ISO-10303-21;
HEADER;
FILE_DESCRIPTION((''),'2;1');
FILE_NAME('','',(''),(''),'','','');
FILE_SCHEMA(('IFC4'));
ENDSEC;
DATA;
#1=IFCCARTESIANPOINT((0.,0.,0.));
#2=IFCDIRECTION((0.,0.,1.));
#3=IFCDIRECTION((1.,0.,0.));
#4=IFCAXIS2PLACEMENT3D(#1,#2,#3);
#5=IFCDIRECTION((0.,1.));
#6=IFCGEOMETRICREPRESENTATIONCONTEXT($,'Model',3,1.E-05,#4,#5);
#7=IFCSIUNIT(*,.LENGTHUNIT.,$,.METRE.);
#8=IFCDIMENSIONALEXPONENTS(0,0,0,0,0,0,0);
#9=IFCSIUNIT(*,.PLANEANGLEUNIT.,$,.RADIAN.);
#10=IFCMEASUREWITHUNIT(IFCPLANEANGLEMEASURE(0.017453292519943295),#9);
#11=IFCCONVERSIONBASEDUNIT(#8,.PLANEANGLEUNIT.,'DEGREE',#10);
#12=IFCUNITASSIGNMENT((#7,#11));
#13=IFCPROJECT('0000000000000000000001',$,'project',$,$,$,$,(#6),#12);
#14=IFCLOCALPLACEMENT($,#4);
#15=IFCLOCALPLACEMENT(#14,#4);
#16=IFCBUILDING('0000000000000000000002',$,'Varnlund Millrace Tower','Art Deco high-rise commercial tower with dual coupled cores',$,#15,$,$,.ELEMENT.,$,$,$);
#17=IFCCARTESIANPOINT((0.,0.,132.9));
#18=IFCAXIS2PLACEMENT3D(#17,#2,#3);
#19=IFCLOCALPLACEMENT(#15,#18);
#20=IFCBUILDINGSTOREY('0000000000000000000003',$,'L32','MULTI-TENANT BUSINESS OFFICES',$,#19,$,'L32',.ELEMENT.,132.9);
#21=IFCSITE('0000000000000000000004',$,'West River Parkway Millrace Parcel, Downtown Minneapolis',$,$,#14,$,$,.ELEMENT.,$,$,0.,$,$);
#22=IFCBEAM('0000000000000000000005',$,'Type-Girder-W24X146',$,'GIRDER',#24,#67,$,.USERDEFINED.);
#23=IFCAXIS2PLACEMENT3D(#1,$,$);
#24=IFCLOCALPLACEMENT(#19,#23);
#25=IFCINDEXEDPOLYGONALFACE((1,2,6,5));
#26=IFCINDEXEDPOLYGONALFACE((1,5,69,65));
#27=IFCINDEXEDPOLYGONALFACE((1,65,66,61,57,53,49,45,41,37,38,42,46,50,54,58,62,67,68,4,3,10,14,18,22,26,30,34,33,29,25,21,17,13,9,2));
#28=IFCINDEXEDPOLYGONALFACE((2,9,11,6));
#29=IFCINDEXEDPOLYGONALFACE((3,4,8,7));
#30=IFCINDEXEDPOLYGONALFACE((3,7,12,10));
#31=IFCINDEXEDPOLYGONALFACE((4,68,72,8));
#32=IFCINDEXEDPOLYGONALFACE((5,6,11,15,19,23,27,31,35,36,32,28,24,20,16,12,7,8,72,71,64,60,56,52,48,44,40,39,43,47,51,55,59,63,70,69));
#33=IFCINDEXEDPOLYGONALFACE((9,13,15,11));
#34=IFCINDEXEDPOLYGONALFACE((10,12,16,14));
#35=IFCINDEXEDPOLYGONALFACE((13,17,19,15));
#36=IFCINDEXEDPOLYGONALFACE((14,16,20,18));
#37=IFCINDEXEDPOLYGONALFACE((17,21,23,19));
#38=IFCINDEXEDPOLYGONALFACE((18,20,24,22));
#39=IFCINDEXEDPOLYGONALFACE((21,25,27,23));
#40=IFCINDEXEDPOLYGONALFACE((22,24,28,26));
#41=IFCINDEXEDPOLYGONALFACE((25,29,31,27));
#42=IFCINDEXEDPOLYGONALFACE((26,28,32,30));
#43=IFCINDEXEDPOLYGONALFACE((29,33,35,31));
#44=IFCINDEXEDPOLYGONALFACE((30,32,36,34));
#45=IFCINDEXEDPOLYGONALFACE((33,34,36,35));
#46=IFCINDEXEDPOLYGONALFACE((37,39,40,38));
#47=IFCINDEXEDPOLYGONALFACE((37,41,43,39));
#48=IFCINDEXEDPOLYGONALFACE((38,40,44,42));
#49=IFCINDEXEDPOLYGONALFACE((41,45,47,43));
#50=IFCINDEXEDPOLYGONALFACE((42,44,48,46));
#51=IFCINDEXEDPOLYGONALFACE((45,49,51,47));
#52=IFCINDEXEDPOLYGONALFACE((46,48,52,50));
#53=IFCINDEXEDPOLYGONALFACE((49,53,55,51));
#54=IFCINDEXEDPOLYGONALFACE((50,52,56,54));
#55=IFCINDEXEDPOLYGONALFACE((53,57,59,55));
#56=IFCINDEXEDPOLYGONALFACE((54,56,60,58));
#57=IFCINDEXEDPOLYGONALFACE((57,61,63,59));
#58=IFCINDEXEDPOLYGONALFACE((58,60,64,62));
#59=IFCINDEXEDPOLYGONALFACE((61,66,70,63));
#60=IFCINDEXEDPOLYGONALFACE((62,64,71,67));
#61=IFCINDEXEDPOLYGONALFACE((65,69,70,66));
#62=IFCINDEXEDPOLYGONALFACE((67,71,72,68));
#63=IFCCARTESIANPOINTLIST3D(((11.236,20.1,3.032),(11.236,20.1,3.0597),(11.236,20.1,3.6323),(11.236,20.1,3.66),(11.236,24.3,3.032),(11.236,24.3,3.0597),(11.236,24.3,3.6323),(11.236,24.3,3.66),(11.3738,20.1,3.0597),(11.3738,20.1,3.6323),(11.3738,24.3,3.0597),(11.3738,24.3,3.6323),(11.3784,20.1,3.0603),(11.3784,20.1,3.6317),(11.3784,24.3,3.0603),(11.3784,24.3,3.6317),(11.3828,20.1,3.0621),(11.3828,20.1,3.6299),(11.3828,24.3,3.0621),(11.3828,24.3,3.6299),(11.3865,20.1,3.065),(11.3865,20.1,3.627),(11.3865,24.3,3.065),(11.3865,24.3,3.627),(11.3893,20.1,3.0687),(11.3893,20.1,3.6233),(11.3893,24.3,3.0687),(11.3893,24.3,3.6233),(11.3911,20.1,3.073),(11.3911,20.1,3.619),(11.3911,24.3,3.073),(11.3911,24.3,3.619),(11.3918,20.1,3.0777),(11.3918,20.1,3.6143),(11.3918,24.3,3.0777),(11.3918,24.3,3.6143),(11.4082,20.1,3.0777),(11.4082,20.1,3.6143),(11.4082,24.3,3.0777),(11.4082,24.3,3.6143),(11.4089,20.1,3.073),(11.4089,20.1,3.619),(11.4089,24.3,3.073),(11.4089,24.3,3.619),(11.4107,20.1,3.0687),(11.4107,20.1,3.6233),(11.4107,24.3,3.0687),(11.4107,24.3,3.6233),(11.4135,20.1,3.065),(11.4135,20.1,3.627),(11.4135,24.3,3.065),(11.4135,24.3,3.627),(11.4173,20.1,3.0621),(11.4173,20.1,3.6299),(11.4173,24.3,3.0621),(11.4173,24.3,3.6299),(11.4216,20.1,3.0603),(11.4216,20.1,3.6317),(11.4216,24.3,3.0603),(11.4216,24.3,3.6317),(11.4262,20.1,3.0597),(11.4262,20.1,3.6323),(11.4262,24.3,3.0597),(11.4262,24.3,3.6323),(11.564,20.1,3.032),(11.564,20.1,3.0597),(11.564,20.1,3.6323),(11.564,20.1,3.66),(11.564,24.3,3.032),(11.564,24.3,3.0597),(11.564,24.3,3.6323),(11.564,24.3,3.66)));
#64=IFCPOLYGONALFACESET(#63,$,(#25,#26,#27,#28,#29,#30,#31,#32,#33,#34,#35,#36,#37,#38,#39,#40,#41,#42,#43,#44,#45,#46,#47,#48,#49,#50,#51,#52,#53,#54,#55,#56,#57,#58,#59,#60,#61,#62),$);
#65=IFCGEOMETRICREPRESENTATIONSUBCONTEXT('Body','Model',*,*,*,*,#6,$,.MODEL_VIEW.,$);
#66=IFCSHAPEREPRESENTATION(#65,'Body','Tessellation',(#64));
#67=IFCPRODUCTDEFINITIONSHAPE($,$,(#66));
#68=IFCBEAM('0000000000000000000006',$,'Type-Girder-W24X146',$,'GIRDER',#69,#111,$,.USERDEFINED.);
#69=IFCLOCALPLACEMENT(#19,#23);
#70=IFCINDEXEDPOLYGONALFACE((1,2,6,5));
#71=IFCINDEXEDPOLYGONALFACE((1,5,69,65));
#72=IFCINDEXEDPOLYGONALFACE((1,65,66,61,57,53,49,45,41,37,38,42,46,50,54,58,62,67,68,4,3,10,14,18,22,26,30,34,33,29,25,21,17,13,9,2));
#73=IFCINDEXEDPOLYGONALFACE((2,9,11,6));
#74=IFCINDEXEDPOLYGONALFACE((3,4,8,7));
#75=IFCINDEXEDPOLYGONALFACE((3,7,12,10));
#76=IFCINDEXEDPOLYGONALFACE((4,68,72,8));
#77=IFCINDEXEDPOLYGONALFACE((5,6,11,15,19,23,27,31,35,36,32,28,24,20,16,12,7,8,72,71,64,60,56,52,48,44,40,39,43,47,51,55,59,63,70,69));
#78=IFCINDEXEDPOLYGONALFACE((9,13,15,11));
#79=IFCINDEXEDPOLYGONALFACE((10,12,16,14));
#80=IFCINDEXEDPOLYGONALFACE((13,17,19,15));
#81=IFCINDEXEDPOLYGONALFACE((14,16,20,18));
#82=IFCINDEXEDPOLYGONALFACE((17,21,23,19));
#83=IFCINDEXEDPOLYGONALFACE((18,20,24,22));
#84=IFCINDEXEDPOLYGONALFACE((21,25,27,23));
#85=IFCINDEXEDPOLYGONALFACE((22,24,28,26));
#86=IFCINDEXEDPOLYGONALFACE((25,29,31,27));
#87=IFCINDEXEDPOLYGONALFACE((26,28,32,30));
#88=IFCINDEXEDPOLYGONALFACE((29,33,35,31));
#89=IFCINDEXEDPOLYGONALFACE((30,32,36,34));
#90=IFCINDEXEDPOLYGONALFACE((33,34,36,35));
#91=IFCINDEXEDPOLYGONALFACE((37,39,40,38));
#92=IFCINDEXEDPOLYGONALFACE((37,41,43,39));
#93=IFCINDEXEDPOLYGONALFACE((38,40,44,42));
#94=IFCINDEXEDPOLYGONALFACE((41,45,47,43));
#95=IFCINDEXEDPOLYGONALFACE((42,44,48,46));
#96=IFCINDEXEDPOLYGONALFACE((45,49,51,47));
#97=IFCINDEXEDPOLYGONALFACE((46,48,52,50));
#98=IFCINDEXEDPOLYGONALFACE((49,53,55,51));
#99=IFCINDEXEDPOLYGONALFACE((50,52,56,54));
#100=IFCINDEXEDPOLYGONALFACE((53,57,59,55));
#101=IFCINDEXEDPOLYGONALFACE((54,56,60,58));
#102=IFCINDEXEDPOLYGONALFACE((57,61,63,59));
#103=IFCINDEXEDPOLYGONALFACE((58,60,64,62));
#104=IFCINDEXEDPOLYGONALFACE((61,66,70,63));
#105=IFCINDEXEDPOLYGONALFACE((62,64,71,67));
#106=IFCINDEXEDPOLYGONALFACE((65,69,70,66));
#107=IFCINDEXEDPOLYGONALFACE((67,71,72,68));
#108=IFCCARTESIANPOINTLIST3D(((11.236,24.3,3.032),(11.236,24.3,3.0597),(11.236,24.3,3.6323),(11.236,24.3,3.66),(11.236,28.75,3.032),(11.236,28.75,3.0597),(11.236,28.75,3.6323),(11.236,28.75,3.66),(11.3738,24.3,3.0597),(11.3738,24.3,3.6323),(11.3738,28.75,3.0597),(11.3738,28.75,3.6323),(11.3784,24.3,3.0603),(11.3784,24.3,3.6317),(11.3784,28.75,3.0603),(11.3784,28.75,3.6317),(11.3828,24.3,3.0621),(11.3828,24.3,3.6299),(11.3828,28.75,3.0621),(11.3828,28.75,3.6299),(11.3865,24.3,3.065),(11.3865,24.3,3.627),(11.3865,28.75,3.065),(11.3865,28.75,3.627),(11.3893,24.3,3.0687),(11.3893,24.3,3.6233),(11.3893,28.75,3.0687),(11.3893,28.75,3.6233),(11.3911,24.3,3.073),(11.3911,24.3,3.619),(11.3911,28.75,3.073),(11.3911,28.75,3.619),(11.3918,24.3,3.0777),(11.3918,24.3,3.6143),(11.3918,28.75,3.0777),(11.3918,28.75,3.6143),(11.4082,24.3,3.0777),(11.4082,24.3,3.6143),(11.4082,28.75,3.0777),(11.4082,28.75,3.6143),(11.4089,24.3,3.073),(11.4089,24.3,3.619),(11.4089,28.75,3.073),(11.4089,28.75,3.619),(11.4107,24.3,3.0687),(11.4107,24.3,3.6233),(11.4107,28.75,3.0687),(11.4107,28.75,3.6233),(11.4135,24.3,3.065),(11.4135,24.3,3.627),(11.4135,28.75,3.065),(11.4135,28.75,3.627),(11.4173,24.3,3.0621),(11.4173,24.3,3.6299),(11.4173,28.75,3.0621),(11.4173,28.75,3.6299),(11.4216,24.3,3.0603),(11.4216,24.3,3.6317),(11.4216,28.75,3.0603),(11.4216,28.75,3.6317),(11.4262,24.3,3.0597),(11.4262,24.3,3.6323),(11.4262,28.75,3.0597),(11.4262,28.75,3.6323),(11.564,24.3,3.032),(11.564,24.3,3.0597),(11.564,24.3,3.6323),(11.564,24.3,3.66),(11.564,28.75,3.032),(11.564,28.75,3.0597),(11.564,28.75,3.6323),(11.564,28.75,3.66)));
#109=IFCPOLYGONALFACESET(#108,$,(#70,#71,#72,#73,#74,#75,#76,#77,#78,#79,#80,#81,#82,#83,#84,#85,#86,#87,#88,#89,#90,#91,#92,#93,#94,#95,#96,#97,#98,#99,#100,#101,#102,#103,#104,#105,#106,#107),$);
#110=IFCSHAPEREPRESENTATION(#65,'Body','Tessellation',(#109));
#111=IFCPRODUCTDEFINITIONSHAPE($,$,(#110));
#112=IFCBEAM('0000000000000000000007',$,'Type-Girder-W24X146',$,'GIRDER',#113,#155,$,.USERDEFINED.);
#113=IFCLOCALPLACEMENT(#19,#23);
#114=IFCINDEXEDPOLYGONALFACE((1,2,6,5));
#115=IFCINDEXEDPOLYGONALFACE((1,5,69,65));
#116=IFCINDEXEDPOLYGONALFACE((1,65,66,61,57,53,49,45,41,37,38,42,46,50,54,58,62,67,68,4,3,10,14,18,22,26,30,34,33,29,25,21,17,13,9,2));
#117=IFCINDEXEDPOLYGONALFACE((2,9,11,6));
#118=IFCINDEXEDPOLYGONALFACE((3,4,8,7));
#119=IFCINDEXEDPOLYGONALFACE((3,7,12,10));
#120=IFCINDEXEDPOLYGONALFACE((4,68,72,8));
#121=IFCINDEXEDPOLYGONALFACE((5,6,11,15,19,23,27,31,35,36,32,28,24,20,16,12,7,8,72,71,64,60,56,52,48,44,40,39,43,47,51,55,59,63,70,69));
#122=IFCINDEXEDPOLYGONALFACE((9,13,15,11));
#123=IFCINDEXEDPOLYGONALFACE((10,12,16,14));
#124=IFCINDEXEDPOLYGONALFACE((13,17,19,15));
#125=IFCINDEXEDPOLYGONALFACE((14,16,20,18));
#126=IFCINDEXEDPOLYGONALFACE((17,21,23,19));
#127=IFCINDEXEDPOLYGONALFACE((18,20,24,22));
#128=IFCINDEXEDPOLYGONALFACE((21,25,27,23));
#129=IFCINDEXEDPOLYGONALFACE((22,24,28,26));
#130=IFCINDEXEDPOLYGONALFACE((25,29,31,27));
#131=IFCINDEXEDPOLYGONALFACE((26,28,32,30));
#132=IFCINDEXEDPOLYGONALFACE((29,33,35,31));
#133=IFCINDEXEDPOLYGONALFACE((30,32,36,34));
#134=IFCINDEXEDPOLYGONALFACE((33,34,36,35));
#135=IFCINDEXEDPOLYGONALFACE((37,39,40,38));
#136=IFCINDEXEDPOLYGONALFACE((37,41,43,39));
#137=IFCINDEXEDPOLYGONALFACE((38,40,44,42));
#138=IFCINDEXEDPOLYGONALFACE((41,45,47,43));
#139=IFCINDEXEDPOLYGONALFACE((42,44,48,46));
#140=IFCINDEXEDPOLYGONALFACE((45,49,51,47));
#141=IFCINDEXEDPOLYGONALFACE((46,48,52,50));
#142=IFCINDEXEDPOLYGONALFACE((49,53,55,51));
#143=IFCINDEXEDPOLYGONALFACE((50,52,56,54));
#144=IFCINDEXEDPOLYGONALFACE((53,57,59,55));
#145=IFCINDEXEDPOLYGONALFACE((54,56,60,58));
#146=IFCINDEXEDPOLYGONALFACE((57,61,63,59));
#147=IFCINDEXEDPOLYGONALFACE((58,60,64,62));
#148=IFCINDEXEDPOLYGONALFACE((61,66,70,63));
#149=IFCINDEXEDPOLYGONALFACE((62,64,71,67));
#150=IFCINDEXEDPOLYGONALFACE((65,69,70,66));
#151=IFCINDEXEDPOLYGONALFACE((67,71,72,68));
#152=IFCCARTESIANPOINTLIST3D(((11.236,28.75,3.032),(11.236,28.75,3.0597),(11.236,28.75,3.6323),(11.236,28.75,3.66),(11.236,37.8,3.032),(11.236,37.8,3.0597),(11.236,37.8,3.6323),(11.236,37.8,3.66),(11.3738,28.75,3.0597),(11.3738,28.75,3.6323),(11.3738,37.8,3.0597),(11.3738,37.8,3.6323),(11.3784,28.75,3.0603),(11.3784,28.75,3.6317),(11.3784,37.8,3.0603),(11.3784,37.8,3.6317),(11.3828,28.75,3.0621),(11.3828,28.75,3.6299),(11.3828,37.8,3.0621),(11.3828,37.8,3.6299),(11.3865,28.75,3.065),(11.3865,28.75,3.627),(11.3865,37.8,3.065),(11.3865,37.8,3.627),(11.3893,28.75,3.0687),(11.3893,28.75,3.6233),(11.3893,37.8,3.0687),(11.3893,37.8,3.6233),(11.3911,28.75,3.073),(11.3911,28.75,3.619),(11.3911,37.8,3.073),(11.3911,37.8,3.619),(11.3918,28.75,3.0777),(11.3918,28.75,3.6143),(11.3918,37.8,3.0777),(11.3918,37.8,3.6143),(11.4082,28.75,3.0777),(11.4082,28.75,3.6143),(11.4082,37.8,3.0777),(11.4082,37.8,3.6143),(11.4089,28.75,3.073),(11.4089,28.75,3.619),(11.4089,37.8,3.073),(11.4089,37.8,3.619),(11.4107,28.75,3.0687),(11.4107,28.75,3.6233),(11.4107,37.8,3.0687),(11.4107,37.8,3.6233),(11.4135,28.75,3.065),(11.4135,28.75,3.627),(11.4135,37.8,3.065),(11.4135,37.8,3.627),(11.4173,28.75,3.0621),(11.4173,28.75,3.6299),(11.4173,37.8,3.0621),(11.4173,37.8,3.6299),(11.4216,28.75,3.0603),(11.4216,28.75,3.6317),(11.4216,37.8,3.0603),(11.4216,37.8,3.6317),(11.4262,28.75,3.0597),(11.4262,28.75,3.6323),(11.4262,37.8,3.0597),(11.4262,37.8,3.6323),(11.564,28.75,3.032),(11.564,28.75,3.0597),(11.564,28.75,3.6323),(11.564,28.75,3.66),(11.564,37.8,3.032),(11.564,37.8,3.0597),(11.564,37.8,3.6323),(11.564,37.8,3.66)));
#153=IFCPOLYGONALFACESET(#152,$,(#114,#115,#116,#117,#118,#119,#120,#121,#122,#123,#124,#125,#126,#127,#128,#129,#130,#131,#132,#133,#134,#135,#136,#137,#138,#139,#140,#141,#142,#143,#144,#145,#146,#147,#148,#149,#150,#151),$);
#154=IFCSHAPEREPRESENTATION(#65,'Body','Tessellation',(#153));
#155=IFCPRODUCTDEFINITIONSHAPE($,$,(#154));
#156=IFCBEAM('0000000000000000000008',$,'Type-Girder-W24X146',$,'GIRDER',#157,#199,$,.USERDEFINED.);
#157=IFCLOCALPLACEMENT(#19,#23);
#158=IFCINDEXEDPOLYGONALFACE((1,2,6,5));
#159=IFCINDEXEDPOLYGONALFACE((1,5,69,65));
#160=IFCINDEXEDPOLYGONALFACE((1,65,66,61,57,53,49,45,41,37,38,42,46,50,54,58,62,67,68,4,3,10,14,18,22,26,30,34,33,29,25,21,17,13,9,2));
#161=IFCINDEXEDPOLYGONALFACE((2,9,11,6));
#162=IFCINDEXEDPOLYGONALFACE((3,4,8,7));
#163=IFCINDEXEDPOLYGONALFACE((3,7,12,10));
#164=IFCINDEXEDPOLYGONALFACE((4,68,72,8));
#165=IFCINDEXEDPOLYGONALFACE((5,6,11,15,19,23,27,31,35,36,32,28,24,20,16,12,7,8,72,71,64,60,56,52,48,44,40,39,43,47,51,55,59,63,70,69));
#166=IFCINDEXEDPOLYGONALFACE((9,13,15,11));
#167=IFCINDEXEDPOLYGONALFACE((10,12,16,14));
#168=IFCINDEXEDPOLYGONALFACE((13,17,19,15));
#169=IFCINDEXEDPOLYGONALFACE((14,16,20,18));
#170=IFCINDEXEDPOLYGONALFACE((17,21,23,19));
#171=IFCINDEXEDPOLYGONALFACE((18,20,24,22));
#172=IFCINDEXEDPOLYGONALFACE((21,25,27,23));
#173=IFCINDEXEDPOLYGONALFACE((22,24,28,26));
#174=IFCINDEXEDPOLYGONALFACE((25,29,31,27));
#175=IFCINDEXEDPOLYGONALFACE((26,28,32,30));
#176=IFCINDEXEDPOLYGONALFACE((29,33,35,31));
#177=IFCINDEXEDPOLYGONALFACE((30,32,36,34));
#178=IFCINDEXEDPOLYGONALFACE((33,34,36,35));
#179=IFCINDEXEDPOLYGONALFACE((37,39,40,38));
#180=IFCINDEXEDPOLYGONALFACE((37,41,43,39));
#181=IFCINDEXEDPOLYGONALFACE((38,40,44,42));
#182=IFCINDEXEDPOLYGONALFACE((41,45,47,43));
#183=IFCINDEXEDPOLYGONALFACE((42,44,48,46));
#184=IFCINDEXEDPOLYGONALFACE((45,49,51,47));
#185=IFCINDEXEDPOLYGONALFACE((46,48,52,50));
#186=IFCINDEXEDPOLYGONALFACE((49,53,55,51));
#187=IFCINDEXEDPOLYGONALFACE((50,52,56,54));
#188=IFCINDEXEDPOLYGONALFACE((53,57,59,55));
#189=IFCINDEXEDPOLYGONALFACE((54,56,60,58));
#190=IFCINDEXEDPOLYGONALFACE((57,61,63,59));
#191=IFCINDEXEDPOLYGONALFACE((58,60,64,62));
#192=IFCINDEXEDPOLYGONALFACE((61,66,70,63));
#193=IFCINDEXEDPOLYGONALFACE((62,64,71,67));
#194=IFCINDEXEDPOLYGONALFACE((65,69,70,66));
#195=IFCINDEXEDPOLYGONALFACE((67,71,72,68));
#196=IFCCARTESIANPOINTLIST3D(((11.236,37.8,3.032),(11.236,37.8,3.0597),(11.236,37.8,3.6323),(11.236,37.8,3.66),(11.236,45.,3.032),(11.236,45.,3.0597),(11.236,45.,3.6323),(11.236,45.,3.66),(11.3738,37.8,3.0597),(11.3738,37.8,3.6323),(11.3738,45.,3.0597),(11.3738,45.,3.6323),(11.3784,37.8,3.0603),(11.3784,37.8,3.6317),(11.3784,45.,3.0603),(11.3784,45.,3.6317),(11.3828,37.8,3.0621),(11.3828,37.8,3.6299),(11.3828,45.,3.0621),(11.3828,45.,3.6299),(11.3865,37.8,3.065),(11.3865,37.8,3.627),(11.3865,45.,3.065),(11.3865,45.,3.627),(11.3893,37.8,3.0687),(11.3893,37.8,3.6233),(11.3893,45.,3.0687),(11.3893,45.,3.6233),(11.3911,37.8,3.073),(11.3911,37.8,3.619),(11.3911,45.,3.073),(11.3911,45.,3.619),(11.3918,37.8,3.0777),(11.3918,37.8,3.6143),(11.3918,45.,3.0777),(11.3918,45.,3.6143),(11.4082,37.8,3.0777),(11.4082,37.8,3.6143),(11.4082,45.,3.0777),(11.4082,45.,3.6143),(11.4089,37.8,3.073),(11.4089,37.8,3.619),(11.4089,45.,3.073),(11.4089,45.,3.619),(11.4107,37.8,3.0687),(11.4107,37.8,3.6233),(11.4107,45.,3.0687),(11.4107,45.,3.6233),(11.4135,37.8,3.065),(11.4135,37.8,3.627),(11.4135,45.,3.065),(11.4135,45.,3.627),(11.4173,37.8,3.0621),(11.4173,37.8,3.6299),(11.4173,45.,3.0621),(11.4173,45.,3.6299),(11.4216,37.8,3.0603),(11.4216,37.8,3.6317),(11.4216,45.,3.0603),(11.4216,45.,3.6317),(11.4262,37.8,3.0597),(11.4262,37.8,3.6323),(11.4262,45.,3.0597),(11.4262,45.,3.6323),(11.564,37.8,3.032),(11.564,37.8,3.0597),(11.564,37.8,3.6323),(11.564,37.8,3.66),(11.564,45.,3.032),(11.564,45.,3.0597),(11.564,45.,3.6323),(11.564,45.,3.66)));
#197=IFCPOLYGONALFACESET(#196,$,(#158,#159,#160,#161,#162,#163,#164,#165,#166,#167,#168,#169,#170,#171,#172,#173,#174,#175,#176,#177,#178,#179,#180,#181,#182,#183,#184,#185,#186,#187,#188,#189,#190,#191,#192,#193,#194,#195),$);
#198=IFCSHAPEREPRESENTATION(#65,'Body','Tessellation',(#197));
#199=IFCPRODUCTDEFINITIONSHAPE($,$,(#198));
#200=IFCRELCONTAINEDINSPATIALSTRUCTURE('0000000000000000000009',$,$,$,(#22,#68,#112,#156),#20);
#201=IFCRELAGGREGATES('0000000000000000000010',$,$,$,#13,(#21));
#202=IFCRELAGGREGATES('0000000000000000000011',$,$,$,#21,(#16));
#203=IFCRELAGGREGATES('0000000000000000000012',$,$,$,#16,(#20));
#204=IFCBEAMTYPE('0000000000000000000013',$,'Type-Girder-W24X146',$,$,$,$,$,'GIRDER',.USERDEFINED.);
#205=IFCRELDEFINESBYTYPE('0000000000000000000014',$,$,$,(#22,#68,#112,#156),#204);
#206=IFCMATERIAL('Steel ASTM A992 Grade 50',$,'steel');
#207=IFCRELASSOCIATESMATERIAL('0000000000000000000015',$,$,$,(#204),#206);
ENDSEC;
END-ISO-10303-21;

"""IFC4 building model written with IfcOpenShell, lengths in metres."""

from ifc_helpers import new_model, entity, si_unit, converted_unit, direction, frame, origin_with_axes, origin_2d_with_axis, place, context, subcontext, project, spatial, i_section, extrude, material, material_profile, profile_set, type_object, element, save


model = new_model("IFC4")

# Units and contexts
model_context = context("Model", 3, precision=1e-05, world=origin_with_axes(), true_north=direction((0.0, 1.0)))
body_context = subcontext(model_context, "Body", "Model", "MODEL_VIEW")
ifc_project = project(units=[si_unit("LENGTHUNIT", "METRE"), converted_unit("PLANEANGLEUNIT", "DEGREE", entity("IfcPlaneAngleMeasure", 0.017453292519943295), si_unit("PLANEANGLEUNIT", "RADIAN"), dimensions=[0, 0, 0, 0, 0, 0, 0])], contexts=[model_context])

# Site, building, storey
site_placement = place(None, origin_with_axes())
site = spatial("IfcSite", under=ifc_project, at=site_placement, Name="West River Parkway Millrace Parcel, Downtown Minneapolis", CompositionType="ELEMENT", RefElevation=0.0)
building_placement = place(site_placement, origin_with_axes())
building = spatial("IfcBuilding", under=site, at=building_placement, Name="Varnlund Millrace Tower", Description="Art Deco high-rise commercial tower with dual coupled cores", CompositionType="ELEMENT")
storey_placement = place(building_placement, frame((0.0, 0.0, 132.9), z_axis=(0.0, 0.0, 1.0), x_axis=(1.0, 0.0, 0.0)))
storey = spatial("IfcBuildingStorey", under=building, at=storey_placement, Name="L32", Description="MULTI-TENANT BUSINESS OFFICES", LongName="L32", CompositionType="ELEMENT", Elevation=132.9)

# Beams
ifc_material_1 = material(Name="Steel ASTM A992 Grade 50", Category="steel")
ifc_material_profile_1 = material_profile(ifc_material_1, i_section(OverallWidth=0.328, OverallDepth=0.628, WebThickness=0.0165, FlangeThickness=0.0277, FilletRadius=0.018, at=origin_2d_with_axis()), Name="Steel ASTM A992 Grade 50")
ifc_profile_set_1 = profile_set([ifc_material_profile_1], Name="Steel ASTM A992 Grade 50")
beam_type_1 = type_object("IfcBeamType", Name="Type-Girder-W24X146", ElementType="GIRDER", PredefinedType="USERDEFINED", material=ifc_profile_set_1)
beam_1_placement = place(storey_placement, frame((11.4, 20.1, 3.346), z_axis=(0.0, 1.0, 0.0), x_axis=(-1.0, 0.0, 0.0)))
element("IfcBeam", 1, at=beam_1_placement, inside=storey, type_object=beam_type_1, Name="Type-Girder-W24X146", ObjectType="GIRDER", PredefinedType="USERDEFINED", context=body_context, shape_type="SweptSolid", body=[
    extrude(i_section(OverallWidth=0.328, OverallDepth=0.628, WebThickness=0.0165, FlangeThickness=0.0277, FilletRadius=0.018, at=origin_2d_with_axis()), origin_with_axes(), (0.0, 0.0, 1.0), 4.2),
])
beam_2_placement = place(storey_placement, frame((11.4, 24.3, 3.346), z_axis=(0.0, 1.0, 0.0), x_axis=(-1.0, 0.0, 0.0)))
element("IfcBeam", 2, at=beam_2_placement, inside=storey, type_object=beam_type_1, Name="Type-Girder-W24X146", ObjectType="GIRDER", PredefinedType="USERDEFINED", context=body_context, shape_type="SweptSolid", body=[
    extrude(i_section(OverallWidth=0.328, OverallDepth=0.628, WebThickness=0.0165, FlangeThickness=0.0277, FilletRadius=0.018, at=origin_2d_with_axis()), origin_with_axes(), (0.0, 0.0, 1.0), 4.45),
])
beam_3_placement = place(storey_placement, frame((11.4, 28.75, 3.346), z_axis=(0.0, 1.0, 0.0), x_axis=(-1.0, 0.0, 0.0)))
element("IfcBeam", 3, at=beam_3_placement, inside=storey, type_object=beam_type_1, Name="Type-Girder-W24X146", ObjectType="GIRDER", PredefinedType="USERDEFINED", context=body_context, shape_type="SweptSolid", body=[
    extrude(i_section(OverallWidth=0.328, OverallDepth=0.628, WebThickness=0.0165, FlangeThickness=0.0277, FilletRadius=0.018, at=origin_2d_with_axis()), origin_with_axes(), (0.0, 0.0, 1.0), 9.05),
])
beam_4_placement = place(storey_placement, frame((11.4, 37.8, 3.346), z_axis=(0.0, 1.0, 0.0), x_axis=(-1.0, 0.0, 0.0)))
element("IfcBeam", 4, at=beam_4_placement, inside=storey, type_object=beam_type_1, Name="Type-Girder-W24X146", ObjectType="GIRDER", PredefinedType="USERDEFINED", context=body_context, shape_type="SweptSolid", body=[
    extrude(i_section(OverallWidth=0.328, OverallDepth=0.628, WebThickness=0.0165, FlangeThickness=0.0277, FilletRadius=0.018, at=origin_2d_with_axis()), origin_with_axes(), (0.0, 0.0, 1.0), 7.2),
])

save(model, "model.ifc")
